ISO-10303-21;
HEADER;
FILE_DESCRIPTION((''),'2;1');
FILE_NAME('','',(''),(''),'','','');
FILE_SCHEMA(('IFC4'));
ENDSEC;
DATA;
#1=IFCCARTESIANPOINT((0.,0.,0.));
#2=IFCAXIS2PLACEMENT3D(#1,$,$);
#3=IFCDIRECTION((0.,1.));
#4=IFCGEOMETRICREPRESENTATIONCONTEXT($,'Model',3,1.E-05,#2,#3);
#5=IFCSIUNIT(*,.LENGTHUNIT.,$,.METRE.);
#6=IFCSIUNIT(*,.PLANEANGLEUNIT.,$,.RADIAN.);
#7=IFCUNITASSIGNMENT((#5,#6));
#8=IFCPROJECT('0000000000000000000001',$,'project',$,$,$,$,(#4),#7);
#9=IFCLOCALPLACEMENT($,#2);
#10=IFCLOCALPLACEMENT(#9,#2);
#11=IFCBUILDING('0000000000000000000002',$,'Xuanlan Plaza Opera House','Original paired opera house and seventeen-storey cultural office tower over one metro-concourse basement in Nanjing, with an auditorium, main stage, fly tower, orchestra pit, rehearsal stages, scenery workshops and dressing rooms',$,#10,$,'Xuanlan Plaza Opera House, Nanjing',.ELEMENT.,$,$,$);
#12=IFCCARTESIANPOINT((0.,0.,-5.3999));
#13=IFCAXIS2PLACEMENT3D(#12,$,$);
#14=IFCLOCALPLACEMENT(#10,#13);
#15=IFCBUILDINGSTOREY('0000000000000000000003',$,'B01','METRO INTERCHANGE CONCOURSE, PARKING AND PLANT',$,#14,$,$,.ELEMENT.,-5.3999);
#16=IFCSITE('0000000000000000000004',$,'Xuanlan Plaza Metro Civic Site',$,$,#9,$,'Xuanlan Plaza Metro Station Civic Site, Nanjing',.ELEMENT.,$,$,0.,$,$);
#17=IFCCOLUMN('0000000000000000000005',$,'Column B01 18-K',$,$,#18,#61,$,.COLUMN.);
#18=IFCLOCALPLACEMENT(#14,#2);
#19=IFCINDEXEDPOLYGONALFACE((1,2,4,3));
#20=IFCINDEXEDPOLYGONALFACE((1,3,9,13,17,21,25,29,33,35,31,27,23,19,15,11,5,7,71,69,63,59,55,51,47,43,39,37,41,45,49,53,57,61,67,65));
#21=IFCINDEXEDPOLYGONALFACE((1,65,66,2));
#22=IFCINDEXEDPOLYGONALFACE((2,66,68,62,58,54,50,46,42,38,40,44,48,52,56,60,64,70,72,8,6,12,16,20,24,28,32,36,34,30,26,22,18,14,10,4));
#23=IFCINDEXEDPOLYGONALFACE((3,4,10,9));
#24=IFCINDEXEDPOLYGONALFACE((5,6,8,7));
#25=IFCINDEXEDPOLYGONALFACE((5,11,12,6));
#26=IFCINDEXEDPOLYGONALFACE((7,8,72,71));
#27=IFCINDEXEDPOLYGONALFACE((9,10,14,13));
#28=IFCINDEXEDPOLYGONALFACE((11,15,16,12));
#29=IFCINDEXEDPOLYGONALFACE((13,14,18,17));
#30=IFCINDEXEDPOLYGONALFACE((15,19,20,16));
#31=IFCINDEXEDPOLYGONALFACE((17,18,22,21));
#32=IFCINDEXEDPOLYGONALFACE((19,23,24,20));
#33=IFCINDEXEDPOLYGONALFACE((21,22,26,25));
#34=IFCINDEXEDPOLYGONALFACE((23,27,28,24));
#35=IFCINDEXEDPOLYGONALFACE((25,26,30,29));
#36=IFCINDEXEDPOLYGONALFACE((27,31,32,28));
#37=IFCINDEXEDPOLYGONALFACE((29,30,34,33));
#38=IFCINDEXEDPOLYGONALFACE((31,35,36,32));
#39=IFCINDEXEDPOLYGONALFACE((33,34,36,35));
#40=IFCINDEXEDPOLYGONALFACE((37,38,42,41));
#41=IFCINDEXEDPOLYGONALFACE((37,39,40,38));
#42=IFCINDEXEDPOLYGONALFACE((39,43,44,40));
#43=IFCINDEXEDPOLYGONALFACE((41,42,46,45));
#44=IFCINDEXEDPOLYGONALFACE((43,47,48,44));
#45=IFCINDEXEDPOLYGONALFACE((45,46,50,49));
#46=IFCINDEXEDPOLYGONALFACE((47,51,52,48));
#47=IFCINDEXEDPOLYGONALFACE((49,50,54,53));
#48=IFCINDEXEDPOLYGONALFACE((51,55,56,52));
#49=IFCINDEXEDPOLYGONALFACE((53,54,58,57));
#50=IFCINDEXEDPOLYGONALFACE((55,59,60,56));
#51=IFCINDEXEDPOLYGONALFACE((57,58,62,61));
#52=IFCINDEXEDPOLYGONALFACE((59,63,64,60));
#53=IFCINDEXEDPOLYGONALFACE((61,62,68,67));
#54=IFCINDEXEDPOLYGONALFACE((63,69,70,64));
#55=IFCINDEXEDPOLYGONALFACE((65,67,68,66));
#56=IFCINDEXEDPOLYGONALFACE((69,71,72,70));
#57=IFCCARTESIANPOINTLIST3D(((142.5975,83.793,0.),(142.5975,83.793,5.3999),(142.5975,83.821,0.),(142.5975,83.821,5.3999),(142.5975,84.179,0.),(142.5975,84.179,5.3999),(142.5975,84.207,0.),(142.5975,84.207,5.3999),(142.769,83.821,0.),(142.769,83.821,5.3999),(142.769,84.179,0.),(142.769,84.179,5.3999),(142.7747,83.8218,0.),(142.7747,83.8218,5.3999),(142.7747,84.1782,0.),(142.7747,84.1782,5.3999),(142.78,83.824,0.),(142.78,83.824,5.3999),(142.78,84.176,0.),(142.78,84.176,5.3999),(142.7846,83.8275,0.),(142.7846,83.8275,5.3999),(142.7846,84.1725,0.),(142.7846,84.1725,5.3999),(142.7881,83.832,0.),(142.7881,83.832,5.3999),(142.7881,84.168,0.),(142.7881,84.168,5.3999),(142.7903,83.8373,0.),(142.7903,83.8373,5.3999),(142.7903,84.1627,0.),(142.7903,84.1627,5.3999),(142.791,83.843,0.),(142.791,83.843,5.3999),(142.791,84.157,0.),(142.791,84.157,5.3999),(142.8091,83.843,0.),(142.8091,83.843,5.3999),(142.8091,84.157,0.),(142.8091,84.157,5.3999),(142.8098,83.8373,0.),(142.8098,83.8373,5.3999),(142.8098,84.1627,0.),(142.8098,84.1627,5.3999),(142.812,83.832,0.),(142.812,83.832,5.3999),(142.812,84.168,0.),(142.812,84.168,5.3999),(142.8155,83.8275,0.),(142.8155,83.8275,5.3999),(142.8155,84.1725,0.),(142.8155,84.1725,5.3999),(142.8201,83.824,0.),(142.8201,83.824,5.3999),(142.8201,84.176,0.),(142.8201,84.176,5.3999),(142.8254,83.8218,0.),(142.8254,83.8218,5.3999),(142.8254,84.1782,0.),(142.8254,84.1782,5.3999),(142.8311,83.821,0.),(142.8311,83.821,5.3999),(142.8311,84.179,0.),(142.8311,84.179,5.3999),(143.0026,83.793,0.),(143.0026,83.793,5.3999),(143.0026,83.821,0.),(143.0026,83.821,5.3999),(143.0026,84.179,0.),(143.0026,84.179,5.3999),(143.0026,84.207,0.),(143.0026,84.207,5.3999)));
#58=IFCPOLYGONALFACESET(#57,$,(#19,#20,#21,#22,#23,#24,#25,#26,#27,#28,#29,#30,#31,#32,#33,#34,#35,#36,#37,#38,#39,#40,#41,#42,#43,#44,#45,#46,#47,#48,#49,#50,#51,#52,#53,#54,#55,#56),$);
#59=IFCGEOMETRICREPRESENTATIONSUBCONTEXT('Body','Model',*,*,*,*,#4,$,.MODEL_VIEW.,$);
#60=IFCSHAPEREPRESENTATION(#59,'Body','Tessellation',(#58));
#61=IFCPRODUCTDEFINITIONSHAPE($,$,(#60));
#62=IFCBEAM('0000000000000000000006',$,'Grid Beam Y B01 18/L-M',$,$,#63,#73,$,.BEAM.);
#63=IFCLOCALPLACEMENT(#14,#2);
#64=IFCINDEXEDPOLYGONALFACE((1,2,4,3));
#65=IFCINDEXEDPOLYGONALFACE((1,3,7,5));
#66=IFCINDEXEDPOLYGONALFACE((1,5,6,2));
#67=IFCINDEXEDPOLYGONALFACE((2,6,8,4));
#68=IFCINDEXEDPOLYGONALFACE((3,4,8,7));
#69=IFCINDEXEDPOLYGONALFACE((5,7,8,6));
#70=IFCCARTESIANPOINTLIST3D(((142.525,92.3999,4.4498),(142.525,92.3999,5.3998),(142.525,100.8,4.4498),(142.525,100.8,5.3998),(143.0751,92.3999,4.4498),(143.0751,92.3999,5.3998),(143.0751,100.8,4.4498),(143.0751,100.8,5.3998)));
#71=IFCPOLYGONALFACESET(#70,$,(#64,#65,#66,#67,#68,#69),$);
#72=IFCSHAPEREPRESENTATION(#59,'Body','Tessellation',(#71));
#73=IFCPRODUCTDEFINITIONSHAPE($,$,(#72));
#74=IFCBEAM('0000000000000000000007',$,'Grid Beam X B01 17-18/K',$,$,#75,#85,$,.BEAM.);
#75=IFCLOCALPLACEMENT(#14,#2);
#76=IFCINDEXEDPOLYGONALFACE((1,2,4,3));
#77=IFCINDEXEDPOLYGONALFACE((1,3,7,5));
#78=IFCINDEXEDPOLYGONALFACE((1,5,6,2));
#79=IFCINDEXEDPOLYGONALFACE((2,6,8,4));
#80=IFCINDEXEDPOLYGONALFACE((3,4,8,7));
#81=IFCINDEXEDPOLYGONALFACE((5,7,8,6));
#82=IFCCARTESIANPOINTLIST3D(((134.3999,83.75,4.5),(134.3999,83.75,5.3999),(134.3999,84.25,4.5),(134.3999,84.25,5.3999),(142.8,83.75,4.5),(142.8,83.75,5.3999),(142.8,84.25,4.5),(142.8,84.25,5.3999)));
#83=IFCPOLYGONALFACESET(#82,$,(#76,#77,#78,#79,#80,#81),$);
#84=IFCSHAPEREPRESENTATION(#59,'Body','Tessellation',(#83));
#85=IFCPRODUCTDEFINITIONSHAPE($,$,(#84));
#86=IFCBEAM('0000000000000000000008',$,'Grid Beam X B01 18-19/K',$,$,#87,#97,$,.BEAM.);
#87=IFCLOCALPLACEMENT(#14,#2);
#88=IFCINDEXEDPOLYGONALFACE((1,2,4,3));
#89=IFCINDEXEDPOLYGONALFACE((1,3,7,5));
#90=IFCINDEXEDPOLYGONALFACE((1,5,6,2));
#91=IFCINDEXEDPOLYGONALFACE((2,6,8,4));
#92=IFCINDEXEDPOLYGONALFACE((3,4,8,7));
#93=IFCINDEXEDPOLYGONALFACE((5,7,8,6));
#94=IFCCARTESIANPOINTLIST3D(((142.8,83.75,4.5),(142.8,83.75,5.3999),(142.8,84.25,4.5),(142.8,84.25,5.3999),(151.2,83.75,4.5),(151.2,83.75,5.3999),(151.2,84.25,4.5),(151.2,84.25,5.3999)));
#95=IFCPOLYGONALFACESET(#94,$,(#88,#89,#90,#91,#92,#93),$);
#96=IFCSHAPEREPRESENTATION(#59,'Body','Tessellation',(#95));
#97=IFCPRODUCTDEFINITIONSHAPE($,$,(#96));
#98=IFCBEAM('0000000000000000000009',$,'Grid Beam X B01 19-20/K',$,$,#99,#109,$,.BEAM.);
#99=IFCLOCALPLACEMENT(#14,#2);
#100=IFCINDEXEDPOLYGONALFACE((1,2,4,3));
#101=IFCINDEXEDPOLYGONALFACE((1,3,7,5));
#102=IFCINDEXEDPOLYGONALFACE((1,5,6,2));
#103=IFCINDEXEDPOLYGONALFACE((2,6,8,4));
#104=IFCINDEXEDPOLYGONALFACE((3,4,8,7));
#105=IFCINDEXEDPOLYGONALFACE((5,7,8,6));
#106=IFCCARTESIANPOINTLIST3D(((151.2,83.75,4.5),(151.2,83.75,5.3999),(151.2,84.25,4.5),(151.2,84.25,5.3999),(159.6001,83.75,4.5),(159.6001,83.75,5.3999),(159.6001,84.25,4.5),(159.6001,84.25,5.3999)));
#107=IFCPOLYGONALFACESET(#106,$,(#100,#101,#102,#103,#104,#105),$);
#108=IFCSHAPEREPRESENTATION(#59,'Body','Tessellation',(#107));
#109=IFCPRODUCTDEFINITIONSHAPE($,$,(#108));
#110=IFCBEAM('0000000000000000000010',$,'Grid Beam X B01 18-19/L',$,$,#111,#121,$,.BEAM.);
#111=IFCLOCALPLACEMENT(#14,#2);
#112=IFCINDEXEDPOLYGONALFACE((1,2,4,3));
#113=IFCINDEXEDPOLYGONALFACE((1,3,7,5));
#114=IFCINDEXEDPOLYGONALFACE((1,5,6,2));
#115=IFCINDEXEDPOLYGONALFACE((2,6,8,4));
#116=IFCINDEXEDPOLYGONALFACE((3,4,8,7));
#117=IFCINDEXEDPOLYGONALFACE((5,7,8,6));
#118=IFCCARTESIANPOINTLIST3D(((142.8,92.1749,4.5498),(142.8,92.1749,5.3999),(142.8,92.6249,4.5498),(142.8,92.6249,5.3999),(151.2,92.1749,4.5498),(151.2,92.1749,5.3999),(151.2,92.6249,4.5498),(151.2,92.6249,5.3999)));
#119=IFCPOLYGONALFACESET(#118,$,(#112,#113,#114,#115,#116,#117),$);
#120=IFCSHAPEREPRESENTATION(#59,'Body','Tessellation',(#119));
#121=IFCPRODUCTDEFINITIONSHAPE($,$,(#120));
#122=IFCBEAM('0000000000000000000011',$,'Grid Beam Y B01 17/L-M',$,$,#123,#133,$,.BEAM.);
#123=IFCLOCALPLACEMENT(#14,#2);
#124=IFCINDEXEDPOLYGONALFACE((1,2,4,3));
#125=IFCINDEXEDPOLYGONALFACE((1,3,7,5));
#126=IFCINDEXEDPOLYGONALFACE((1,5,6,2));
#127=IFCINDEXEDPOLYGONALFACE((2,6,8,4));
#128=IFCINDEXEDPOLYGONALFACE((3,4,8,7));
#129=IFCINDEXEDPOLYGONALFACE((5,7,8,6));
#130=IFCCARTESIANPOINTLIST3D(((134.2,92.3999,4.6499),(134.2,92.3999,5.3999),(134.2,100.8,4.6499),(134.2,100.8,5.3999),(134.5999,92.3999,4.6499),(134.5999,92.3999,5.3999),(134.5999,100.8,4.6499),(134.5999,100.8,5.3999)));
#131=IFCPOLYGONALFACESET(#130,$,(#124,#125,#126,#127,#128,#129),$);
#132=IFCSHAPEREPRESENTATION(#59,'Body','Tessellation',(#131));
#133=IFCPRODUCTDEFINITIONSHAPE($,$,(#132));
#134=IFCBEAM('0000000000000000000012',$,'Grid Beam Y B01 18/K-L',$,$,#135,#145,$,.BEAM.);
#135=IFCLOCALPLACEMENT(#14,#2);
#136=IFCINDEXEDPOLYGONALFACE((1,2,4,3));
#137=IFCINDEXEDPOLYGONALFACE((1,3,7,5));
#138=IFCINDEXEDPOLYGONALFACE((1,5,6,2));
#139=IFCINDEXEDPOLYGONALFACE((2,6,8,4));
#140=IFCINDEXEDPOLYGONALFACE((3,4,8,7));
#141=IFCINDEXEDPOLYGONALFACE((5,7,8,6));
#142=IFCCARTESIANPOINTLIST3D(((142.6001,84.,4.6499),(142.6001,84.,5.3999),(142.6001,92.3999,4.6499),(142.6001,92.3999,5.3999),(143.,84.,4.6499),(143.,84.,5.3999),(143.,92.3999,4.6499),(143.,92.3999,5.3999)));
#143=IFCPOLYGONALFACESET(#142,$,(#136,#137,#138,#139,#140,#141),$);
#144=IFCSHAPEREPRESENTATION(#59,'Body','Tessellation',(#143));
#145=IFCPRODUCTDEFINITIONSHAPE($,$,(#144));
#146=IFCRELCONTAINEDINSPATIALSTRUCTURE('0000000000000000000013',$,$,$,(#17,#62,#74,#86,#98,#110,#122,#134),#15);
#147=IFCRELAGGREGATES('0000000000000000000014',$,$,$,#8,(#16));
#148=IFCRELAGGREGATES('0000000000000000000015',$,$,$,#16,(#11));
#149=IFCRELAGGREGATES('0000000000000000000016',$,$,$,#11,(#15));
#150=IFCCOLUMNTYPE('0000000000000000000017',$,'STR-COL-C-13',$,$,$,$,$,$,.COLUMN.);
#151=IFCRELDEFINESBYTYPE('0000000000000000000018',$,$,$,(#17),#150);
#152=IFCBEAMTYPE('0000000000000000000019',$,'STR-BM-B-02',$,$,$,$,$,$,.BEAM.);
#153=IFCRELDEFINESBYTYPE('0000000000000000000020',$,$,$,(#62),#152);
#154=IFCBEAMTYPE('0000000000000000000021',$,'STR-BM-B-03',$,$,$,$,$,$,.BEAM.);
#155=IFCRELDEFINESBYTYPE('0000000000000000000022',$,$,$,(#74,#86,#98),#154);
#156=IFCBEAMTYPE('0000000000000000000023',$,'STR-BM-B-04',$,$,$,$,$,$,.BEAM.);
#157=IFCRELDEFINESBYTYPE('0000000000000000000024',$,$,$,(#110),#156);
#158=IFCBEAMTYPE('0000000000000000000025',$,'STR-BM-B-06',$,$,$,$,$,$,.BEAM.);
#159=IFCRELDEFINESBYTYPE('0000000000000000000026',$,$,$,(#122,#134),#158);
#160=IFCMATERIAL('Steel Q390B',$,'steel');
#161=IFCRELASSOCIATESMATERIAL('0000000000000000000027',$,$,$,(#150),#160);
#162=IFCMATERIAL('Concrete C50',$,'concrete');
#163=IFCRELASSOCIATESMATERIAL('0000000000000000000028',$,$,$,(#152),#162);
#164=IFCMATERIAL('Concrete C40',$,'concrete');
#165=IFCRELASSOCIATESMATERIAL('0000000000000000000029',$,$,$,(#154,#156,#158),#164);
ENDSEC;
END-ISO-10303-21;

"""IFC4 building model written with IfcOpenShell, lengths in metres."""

from ifc_helpers import new_model, si_unit, direction, frame, origin, origin_2d, place, context, subcontext, project, spatial, rectangle, i_section, extrude, material, material_profile, profile_set, type_object, element, save


model = new_model("IFC4")

# Units and contexts
model_context = context("Model", 3, precision=1e-05, world=origin(), true_north=direction((0.0, 1.0)))
body_context = subcontext(model_context, "Body", "Model", "MODEL_VIEW")
ifc_project = project(units=[si_unit("LENGTHUNIT", "METRE"), si_unit("PLANEANGLEUNIT", "RADIAN")], contexts=[model_context])

# Site, building, storey
site_placement = place(None, origin())
site = spatial("IfcSite", under=ifc_project, at=site_placement, Name="Xuanlan Plaza Metro Civic Site", LongName="Xuanlan Plaza Metro Station Civic Site, Nanjing", CompositionType="ELEMENT", RefElevation=0.0)
building_placement = place(site_placement, origin())
building = spatial("IfcBuilding", under=site, at=building_placement, Name="Xuanlan Plaza Opera House", Description="Original paired opera house and seventeen-storey cultural office tower over one metro-concourse basement in Nanjing, with an auditorium, main stage, fly tower, orchestra pit, rehearsal stages, scenery workshops and dressing rooms", LongName="Xuanlan Plaza Opera House, Nanjing", CompositionType="ELEMENT")
storey_placement = place(building_placement, frame((0.0, 0.0, -5.3999)))
storey = spatial("IfcBuildingStorey", under=building, at=storey_placement, Name="B01", Description="METRO INTERCHANGE CONCOURSE, PARKING AND PLANT", CompositionType="ELEMENT", Elevation=-5.3999)

# Shared definitions
ifc_material_1 = material(Name="Concrete C50", Category="concrete")

# Shared definitions
ifc_material_2 = material(Name="Concrete C40", Category="concrete")

# Column
ifc_material_3 = material(Name="Steel Q390B", Category="steel")
ifc_material_profile_1 = material_profile(ifc_material_3, i_section(OverallWidth=0.405, OverallDepth=0.4141, WebThickness=0.0181, FlangeThickness=0.0281, FilletRadius=0.022, at=origin_2d()), Name="HW 414x405x18x28")
ifc_profile_set_1 = profile_set([ifc_material_profile_1], Name="Steel Q390B")
column_type_1 = type_object("IfcColumnType", Name="STR-COL-C-13", PredefinedType="COLUMN", material=ifc_profile_set_1)
column_1_placement = place(storey_placement, frame((142.8, 84.0, 0.0), z_axis=(0.0, 0.0, 1.0), x_axis=(1.0, 0.0, 0.0)))
element("IfcColumn", 1, at=column_1_placement, inside=storey, type_object=column_type_1, Name="Column B01 18-K", PredefinedType="COLUMN", context=body_context, shape_type="SweptSolid", body=[
    extrude(i_section(OverallWidth=0.405, OverallDepth=0.4141, WebThickness=0.0181, FlangeThickness=0.0281, FilletRadius=0.022, at=origin_2d()), origin(), (0.0, 0.0, 1.0), 5.3999),
])

# Beams
ifc_material_profile_2 = material_profile(ifc_material_1, rectangle(XDim=0.55, YDim=0.95, at=origin_2d()), Name="RC-BM 550x950")
ifc_profile_set_2 = profile_set([ifc_material_profile_2], Name="Concrete C50")
beam_type_1 = type_object("IfcBeamType", Name="STR-BM-B-02", PredefinedType="BEAM", material=ifc_profile_set_2)
beam_1_placement = place(storey_placement, frame((142.8, 92.3999, 4.9248), z_axis=(0.0, 1.0, 0.0), x_axis=(-1.0, 0.0, 0.0)))
element("IfcBeam", 2, at=beam_1_placement, inside=storey, type_object=beam_type_1, Name="Grid Beam Y B01 18/L-M", PredefinedType="BEAM", context=body_context, shape_type="SweptSolid", body=[
    extrude(rectangle(XDim=0.55, YDim=0.95, at=origin_2d()), origin(), (0.0, 0.0, 1.0), 8.4001),
])
ifc_material_profile_3 = material_profile(ifc_material_2, rectangle(XDim=0.5, YDim=0.8999, at=origin_2d()), Name="RC-BM 500x900")
ifc_profile_set_3 = profile_set([ifc_material_profile_3], Name="Concrete C40")
beam_type_2 = type_object("IfcBeamType", Name="STR-BM-B-03", PredefinedType="BEAM", material=ifc_profile_set_3)
beam_2_placement = place(storey_placement, frame((134.3999, 84.0, 4.95), z_axis=(1.0, 0.0, 0.0), x_axis=(0.0, 1.0, 0.0)))
element("IfcBeam", 3, at=beam_2_placement, inside=storey, type_object=beam_type_2, Name="Grid Beam X B01 17-18/K", PredefinedType="BEAM", context=body_context, shape_type="SweptSolid", body=[
    extrude(rectangle(XDim=0.5, YDim=0.8999, at=origin_2d()), origin(), (0.0, 0.0, 1.0), 8.4001),
])
beam_3_placement = place(storey_placement, frame((142.8, 84.0, 4.95), z_axis=(1.0, 0.0, 0.0), x_axis=(0.0, 1.0, 0.0)))
element("IfcBeam", 4, at=beam_3_placement, inside=storey, type_object=beam_type_2, Name="Grid Beam X B01 18-19/K", PredefinedType="BEAM", context=body_context, shape_type="SweptSolid", body=[
    extrude(rectangle(XDim=0.5, YDim=0.8999, at=origin_2d()), origin(), (0.0, 0.0, 1.0), 8.3999),
])
beam_4_placement = place(storey_placement, frame((151.2, 84.0, 4.95), z_axis=(1.0, 0.0, 0.0), x_axis=(0.0, 1.0, 0.0)))
element("IfcBeam", 5, at=beam_4_placement, inside=storey, type_object=beam_type_2, Name="Grid Beam X B01 19-20/K", PredefinedType="BEAM", context=body_context, shape_type="SweptSolid", body=[
    extrude(rectangle(XDim=0.5, YDim=0.8999, at=origin_2d()), origin(), (0.0, 0.0, 1.0), 8.4001),
])
ifc_material_profile_4 = material_profile(ifc_material_2, rectangle(XDim=0.45, YDim=0.8501, at=origin_2d()), Name="RC-BM 450x850")
ifc_profile_set_4 = profile_set([ifc_material_profile_4], Name="Concrete C40")
beam_type_3 = type_object("IfcBeamType", Name="STR-BM-B-04", PredefinedType="BEAM", material=ifc_profile_set_4)
beam_5_placement = place(storey_placement, frame((142.8, 92.3999, 4.9749), z_axis=(1.0, 0.0, 0.0), x_axis=(0.0, 1.0, 0.0)))
element("IfcBeam", 6, at=beam_5_placement, inside=storey, type_object=beam_type_3, Name="Grid Beam X B01 18-19/L", PredefinedType="BEAM", context=body_context, shape_type="SweptSolid", body=[
    extrude(rectangle(XDim=0.45, YDim=0.8501, at=origin_2d()), origin(), (0.0, 0.0, 1.0), 8.3999),
])
ifc_material_profile_5 = material_profile(ifc_material_2, rectangle(XDim=0.3999, YDim=0.75, at=origin_2d()), Name="RC-BM 400x750")
ifc_profile_set_5 = profile_set([ifc_material_profile_5], Name="Concrete C40")
beam_type_4 = type_object("IfcBeamType", Name="STR-BM-B-06", PredefinedType="BEAM", material=ifc_profile_set_5)
beam_6_placement = place(storey_placement, frame((134.3999, 92.3999, 5.0249), z_axis=(0.0, 1.0, 0.0), x_axis=(-1.0, 0.0, 0.0)))
element("IfcBeam", 7, at=beam_6_placement, inside=storey, type_object=beam_type_4, Name="Grid Beam Y B01 17/L-M", PredefinedType="BEAM", context=body_context, shape_type="SweptSolid", body=[
    extrude(rectangle(XDim=0.3999, YDim=0.75, at=origin_2d()), origin(), (0.0, 0.0, 1.0), 8.4001),
])
beam_7_placement = place(storey_placement, frame((142.8, 84.0, 5.0249), z_axis=(0.0, 1.0, 0.0), x_axis=(-1.0, 0.0, 0.0)))
element("IfcBeam", 8, at=beam_7_placement, inside=storey, type_object=beam_type_4, Name="Grid Beam Y B01 18/K-L", PredefinedType="BEAM", context=body_context, shape_type="SweptSolid", body=[
    extrude(rectangle(XDim=0.3999, YDim=0.75, at=origin_2d()), origin(), (0.0, 0.0, 1.0), 8.3999),
])

save(model, "model.ifc")
